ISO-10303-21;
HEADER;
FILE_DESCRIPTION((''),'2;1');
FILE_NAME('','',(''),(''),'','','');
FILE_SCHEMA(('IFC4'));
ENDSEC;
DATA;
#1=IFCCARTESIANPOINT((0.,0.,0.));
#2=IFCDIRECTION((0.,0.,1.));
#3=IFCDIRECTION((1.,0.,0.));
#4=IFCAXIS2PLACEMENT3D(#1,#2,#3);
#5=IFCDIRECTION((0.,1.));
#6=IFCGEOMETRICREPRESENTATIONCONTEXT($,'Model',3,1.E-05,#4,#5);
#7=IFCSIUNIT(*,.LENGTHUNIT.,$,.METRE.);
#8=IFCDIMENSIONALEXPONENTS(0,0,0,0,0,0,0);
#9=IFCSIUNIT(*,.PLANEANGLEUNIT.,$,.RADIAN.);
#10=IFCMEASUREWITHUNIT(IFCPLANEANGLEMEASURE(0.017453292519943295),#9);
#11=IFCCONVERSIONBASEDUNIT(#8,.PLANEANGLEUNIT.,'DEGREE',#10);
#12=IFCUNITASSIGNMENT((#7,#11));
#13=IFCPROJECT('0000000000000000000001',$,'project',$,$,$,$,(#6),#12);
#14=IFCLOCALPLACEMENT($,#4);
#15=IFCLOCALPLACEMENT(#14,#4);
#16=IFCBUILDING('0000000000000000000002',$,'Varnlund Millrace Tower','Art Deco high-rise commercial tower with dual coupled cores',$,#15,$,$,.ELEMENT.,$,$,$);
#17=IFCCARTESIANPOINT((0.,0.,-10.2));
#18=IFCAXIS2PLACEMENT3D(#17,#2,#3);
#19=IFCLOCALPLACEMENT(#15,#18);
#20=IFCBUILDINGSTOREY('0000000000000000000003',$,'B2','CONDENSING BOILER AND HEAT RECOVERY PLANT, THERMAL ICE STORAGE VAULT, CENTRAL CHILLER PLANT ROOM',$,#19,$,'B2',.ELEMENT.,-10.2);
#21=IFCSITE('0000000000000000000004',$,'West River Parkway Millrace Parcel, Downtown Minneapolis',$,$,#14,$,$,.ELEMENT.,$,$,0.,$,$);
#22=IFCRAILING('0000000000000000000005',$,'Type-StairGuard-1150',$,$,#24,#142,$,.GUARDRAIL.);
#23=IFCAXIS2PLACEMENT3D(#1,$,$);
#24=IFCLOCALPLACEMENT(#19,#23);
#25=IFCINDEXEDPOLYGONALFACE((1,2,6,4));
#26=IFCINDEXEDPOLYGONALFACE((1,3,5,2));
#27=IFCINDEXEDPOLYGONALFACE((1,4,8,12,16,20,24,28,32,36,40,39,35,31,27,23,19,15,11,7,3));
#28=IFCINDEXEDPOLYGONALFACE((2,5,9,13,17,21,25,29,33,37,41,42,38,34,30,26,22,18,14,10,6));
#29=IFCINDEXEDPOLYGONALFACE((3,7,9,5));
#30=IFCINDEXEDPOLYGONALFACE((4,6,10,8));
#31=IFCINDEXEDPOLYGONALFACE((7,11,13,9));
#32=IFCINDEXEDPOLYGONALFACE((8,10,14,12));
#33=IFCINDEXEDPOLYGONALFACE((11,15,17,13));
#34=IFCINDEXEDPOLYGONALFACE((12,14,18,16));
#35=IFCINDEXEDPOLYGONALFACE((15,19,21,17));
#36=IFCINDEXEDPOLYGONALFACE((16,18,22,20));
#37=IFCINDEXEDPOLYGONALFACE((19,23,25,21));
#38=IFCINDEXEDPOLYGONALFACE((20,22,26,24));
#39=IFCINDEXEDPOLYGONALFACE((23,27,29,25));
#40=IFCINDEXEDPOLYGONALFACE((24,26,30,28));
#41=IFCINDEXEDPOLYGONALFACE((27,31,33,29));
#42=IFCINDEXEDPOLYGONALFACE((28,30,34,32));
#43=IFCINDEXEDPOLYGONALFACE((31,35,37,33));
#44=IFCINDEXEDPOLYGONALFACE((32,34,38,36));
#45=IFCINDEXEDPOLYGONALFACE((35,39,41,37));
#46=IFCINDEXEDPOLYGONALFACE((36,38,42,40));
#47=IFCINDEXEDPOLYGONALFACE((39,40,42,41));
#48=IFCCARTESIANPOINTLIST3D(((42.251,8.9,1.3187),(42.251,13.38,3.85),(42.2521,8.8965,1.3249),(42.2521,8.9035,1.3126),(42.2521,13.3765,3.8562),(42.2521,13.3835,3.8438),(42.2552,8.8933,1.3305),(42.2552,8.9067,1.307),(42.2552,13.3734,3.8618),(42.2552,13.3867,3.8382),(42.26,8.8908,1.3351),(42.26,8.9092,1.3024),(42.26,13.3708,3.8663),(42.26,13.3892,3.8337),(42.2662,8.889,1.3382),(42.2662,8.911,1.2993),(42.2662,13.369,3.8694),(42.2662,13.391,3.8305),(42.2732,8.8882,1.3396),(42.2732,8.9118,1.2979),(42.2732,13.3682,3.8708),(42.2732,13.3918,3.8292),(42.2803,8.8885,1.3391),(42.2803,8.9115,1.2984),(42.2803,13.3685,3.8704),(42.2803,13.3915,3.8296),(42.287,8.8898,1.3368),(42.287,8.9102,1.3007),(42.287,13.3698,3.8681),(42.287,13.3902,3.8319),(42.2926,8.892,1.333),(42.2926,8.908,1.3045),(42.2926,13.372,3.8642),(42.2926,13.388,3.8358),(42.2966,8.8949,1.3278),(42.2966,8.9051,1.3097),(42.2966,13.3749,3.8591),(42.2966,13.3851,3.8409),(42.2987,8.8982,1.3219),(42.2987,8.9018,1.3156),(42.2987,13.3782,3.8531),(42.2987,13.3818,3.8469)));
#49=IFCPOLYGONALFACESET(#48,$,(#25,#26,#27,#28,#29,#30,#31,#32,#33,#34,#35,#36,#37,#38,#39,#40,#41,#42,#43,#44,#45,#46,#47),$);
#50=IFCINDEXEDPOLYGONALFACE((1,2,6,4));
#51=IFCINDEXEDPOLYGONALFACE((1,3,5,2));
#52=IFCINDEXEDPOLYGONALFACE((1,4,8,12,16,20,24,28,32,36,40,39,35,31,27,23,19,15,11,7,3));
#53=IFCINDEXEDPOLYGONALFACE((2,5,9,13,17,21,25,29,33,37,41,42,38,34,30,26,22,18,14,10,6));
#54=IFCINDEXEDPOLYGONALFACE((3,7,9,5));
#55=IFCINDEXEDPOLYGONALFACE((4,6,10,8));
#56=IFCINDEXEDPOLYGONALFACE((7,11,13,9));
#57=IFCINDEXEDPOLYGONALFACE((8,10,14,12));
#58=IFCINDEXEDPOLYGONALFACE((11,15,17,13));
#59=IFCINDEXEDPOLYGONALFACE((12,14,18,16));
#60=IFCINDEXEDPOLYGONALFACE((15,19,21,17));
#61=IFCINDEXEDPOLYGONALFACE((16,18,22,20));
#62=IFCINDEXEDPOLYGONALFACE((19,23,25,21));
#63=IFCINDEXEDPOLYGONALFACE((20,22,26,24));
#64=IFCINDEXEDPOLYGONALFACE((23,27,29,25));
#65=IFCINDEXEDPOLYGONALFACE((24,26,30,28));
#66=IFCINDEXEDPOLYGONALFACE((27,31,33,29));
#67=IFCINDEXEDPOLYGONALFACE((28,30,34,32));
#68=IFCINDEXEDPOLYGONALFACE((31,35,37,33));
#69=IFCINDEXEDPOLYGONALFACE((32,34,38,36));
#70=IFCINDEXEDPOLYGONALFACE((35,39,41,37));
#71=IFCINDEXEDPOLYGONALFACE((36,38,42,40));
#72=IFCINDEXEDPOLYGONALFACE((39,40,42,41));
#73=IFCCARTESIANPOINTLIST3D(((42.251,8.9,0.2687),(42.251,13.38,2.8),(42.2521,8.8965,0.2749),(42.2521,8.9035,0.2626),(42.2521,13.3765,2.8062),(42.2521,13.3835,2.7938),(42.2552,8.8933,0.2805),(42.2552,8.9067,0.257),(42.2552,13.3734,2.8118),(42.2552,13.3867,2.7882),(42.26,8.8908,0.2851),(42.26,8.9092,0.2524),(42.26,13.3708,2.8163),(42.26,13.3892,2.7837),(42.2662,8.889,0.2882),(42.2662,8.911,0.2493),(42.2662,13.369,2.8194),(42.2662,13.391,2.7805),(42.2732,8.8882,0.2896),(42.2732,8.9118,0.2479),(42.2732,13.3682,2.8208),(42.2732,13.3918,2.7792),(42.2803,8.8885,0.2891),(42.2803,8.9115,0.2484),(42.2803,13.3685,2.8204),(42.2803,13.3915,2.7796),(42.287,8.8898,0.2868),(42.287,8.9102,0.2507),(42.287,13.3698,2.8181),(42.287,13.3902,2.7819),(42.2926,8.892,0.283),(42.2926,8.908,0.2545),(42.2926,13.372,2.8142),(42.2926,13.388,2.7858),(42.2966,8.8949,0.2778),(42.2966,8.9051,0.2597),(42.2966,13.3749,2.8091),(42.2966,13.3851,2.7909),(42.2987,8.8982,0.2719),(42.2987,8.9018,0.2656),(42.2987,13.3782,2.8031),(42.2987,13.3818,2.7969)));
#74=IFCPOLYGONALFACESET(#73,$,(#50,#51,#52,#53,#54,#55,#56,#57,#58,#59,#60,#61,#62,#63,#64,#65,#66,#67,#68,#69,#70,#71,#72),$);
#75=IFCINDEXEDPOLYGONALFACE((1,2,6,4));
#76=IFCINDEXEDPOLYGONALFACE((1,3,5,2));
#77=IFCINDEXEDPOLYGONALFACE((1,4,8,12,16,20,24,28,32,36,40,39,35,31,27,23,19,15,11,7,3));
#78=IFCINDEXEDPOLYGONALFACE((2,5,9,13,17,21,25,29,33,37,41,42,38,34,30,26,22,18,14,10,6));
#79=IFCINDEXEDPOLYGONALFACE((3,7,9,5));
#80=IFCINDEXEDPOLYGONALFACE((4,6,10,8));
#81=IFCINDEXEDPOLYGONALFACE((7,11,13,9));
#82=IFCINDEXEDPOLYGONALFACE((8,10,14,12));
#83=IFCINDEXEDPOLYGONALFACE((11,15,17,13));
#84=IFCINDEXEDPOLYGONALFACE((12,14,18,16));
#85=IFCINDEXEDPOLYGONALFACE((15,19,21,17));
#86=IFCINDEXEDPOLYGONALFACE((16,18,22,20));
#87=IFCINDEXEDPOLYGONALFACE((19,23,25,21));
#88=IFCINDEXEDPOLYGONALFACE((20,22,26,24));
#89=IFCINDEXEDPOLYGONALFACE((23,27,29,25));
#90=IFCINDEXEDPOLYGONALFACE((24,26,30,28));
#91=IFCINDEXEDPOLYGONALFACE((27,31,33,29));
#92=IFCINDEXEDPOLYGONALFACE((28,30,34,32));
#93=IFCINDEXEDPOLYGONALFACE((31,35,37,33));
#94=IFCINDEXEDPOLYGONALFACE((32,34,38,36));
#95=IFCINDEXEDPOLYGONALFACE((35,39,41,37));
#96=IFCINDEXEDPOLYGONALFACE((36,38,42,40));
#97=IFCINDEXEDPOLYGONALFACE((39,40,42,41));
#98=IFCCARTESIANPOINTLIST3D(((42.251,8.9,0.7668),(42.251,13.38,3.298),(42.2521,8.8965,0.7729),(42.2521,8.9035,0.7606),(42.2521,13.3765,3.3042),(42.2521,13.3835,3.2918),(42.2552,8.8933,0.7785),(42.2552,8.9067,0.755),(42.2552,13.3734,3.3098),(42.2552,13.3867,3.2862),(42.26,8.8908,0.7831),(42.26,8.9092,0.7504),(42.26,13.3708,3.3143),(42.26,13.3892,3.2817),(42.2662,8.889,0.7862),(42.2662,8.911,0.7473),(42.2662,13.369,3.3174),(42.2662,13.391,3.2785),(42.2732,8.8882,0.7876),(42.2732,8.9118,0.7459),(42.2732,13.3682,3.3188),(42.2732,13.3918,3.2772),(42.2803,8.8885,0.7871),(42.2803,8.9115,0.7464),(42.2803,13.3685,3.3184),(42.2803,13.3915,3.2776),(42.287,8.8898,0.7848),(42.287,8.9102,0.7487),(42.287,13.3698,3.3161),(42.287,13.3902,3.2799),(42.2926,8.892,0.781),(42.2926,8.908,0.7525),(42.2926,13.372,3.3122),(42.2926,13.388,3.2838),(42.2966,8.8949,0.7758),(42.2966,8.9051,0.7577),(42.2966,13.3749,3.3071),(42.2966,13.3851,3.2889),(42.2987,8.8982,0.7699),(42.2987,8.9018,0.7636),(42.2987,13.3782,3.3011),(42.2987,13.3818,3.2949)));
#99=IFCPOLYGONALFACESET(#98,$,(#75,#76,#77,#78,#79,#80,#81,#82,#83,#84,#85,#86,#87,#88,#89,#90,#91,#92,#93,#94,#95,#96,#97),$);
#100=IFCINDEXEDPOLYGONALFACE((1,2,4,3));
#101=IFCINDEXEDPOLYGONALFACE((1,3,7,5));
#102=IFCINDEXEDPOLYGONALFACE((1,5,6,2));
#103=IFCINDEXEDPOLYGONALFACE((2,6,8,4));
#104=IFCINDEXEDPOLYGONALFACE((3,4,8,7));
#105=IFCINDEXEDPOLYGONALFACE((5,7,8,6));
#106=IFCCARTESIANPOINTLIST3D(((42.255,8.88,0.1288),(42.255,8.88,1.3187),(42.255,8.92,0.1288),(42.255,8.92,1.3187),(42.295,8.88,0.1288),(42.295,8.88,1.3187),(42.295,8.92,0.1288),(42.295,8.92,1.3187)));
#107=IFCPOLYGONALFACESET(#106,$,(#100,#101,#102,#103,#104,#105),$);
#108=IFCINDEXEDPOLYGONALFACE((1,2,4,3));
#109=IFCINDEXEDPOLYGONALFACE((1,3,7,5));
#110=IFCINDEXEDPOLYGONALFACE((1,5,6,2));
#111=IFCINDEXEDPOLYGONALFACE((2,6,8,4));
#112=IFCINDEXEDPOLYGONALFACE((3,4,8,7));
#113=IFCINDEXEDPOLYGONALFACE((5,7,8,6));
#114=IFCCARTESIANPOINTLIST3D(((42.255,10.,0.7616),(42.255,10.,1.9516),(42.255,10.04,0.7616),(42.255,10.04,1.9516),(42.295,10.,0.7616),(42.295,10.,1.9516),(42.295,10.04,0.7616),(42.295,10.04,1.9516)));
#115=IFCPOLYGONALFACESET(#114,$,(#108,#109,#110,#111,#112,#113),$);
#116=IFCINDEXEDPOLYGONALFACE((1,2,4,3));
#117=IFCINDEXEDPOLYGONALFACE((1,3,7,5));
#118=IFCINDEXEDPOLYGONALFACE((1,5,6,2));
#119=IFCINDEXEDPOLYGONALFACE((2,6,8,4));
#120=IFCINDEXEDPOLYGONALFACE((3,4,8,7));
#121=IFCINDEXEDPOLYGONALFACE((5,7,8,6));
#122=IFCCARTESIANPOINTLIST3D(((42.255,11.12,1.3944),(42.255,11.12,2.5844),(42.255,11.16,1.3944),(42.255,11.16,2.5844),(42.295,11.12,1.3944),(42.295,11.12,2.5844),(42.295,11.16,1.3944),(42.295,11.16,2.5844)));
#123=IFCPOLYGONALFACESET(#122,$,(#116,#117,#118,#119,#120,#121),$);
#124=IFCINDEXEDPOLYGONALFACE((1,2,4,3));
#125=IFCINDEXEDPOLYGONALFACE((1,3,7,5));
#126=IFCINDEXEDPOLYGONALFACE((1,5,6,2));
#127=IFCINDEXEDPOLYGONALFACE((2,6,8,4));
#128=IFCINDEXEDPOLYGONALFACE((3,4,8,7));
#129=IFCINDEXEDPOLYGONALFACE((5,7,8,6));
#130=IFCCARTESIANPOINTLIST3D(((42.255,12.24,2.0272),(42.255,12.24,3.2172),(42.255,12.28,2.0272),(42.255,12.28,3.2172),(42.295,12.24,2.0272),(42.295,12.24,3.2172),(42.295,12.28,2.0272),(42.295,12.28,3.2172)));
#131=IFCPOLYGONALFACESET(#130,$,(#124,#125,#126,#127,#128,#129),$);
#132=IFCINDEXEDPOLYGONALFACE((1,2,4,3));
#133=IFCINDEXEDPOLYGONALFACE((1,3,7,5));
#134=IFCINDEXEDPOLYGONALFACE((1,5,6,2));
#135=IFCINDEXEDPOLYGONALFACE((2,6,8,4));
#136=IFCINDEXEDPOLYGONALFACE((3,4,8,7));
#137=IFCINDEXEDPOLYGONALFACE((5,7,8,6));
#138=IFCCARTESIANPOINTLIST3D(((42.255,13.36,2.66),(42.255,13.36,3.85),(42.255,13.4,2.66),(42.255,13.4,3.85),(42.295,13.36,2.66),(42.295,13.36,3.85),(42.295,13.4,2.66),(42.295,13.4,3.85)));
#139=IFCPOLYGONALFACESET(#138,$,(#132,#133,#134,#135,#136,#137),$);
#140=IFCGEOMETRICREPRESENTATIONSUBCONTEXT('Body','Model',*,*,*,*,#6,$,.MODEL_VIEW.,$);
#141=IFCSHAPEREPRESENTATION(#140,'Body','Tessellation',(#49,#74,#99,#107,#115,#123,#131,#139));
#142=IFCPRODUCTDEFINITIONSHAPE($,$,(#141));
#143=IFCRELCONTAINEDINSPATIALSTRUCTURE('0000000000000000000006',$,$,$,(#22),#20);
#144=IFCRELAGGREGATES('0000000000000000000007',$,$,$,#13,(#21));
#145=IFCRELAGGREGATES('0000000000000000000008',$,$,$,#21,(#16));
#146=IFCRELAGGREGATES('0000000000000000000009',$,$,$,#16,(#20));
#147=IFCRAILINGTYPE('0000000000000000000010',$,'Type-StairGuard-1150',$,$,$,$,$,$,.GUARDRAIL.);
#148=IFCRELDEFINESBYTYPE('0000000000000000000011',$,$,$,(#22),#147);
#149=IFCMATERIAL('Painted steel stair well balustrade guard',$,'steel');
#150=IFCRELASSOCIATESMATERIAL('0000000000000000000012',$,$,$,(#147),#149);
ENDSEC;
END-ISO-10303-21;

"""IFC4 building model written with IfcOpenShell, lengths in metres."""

from ifc_helpers import new_model, entity, si_unit, converted_unit, direction, frame, origin_with_axes, origin_2d_with_axis, place, context, subcontext, project, spatial, rectangle, circle, extrude, material, type_object, element, save


model = new_model("IFC4")

# Units and contexts
model_context = context("Model", 3, precision=1e-05, world=origin_with_axes(), true_north=direction((0.0, 1.0)))
body_context = subcontext(model_context, "Body", "Model", "MODEL_VIEW")
ifc_project = project(units=[si_unit("LENGTHUNIT", "METRE"), converted_unit("PLANEANGLEUNIT", "DEGREE", entity("IfcPlaneAngleMeasure", 0.017453292519943295), si_unit("PLANEANGLEUNIT", "RADIAN"), dimensions=[0, 0, 0, 0, 0, 0, 0])], contexts=[model_context])

# Site, building, storey
site_placement = place(None, origin_with_axes())
site = spatial("IfcSite", under=ifc_project, at=site_placement, Name="West River Parkway Millrace Parcel, Downtown Minneapolis", CompositionType="ELEMENT", RefElevation=0.0)
building_placement = place(site_placement, origin_with_axes())
building = spatial("IfcBuilding", under=site, at=building_placement, Name="Varnlund Millrace Tower", Description="Art Deco high-rise commercial tower with dual coupled cores", CompositionType="ELEMENT")
storey_placement = place(building_placement, frame((0.0, 0.0, -10.2), z_axis=(0.0, 0.0, 1.0), x_axis=(1.0, 0.0, 0.0)))
storey = spatial("IfcBuildingStorey", under=building, at=storey_placement, Name="B2", Description="CONDENSING BOILER AND HEAT RECOVERY PLANT, THERMAL ICE STORAGE VAULT, CENTRAL CHILLER PLANT ROOM", LongName="B2", CompositionType="ELEMENT", Elevation=-10.2)

# Railing
ifc_material_1 = material(Name="Painted steel stair well balustrade guard", Category="steel")
railing_type_1 = type_object("IfcRailingType", Name="Type-StairGuard-1150", PredefinedType="GUARDRAIL", material=ifc_material_1)
railing_1_placement = place(storey_placement, frame((0.0, 0.0, 10.2), z_axis=(0.0, 0.0, 1.0), x_axis=(1.0, 0.0, 0.0)))
element("IfcRailing", 1, at=railing_1_placement, inside=storey, type_object=railing_type_1, Name="Type-StairGuard-1150", PredefinedType="GUARDRAIL", context=body_context, shape_type="SweptSolid", body=[
    extrude(circle(Radius=0.024, at=origin_2d_with_axis()), frame((42.275, 8.9, -8.8812), z_axis=(0.0, 0.87064, 0.491921), x_axis=(-1.0, 0.0, 0.0)), (0.0, 0.0, 1.0), 5.1456),
    extrude(circle(Radius=0.024, at=origin_2d_with_axis()), frame((42.275, 8.9, -9.9313), z_axis=(0.0, 0.87064, 0.491921), x_axis=(-1.0, 0.0, 0.0)), (0.0, 0.0, 1.0), 5.1456),
    extrude(circle(Radius=0.024, at=origin_2d_with_axis()), frame((42.275, 8.9, -9.4332), z_axis=(0.0, 0.87064, 0.491921), x_axis=(-1.0, 0.0, 0.0)), (0.0, 0.0, 1.0), 5.1456),
    extrude(rectangle(XDim=0.04, YDim=0.04, at=origin_2d_with_axis()), frame((42.275, 8.9, -10.0712), z_axis=(0.0, 0.0, 1.0), x_axis=(1.0, 0.0, 0.0)), (0.0, 0.0, 1.0), 1.19),
    extrude(rectangle(XDim=0.04, YDim=0.04, at=origin_2d_with_axis()), frame((42.275, 10.02, -9.4384), z_axis=(0.0, 0.0, 1.0), x_axis=(1.0, 0.0, 0.0)), (0.0, 0.0, 1.0), 1.19),
    extrude(rectangle(XDim=0.04, YDim=0.04, at=origin_2d_with_axis()), frame((42.275, 11.14, -8.8056), z_axis=(0.0, 0.0, 1.0), x_axis=(1.0, 0.0, 0.0)), (0.0, 0.0, 1.0), 1.19),
    extrude(rectangle(XDim=0.04, YDim=0.04, at=origin_2d_with_axis()), frame((42.275, 12.26, -8.1728), z_axis=(0.0, 0.0, 1.0), x_axis=(1.0, 0.0, 0.0)), (0.0, 0.0, 1.0), 1.19),
    extrude(rectangle(XDim=0.04, YDim=0.04, at=origin_2d_with_axis()), frame((42.275, 13.38, -7.54), z_axis=(0.0, 0.0, 1.0), x_axis=(1.0, 0.0, 0.0)), (0.0, 0.0, 1.0), 1.19),
])

save(model, "model.ifc")
